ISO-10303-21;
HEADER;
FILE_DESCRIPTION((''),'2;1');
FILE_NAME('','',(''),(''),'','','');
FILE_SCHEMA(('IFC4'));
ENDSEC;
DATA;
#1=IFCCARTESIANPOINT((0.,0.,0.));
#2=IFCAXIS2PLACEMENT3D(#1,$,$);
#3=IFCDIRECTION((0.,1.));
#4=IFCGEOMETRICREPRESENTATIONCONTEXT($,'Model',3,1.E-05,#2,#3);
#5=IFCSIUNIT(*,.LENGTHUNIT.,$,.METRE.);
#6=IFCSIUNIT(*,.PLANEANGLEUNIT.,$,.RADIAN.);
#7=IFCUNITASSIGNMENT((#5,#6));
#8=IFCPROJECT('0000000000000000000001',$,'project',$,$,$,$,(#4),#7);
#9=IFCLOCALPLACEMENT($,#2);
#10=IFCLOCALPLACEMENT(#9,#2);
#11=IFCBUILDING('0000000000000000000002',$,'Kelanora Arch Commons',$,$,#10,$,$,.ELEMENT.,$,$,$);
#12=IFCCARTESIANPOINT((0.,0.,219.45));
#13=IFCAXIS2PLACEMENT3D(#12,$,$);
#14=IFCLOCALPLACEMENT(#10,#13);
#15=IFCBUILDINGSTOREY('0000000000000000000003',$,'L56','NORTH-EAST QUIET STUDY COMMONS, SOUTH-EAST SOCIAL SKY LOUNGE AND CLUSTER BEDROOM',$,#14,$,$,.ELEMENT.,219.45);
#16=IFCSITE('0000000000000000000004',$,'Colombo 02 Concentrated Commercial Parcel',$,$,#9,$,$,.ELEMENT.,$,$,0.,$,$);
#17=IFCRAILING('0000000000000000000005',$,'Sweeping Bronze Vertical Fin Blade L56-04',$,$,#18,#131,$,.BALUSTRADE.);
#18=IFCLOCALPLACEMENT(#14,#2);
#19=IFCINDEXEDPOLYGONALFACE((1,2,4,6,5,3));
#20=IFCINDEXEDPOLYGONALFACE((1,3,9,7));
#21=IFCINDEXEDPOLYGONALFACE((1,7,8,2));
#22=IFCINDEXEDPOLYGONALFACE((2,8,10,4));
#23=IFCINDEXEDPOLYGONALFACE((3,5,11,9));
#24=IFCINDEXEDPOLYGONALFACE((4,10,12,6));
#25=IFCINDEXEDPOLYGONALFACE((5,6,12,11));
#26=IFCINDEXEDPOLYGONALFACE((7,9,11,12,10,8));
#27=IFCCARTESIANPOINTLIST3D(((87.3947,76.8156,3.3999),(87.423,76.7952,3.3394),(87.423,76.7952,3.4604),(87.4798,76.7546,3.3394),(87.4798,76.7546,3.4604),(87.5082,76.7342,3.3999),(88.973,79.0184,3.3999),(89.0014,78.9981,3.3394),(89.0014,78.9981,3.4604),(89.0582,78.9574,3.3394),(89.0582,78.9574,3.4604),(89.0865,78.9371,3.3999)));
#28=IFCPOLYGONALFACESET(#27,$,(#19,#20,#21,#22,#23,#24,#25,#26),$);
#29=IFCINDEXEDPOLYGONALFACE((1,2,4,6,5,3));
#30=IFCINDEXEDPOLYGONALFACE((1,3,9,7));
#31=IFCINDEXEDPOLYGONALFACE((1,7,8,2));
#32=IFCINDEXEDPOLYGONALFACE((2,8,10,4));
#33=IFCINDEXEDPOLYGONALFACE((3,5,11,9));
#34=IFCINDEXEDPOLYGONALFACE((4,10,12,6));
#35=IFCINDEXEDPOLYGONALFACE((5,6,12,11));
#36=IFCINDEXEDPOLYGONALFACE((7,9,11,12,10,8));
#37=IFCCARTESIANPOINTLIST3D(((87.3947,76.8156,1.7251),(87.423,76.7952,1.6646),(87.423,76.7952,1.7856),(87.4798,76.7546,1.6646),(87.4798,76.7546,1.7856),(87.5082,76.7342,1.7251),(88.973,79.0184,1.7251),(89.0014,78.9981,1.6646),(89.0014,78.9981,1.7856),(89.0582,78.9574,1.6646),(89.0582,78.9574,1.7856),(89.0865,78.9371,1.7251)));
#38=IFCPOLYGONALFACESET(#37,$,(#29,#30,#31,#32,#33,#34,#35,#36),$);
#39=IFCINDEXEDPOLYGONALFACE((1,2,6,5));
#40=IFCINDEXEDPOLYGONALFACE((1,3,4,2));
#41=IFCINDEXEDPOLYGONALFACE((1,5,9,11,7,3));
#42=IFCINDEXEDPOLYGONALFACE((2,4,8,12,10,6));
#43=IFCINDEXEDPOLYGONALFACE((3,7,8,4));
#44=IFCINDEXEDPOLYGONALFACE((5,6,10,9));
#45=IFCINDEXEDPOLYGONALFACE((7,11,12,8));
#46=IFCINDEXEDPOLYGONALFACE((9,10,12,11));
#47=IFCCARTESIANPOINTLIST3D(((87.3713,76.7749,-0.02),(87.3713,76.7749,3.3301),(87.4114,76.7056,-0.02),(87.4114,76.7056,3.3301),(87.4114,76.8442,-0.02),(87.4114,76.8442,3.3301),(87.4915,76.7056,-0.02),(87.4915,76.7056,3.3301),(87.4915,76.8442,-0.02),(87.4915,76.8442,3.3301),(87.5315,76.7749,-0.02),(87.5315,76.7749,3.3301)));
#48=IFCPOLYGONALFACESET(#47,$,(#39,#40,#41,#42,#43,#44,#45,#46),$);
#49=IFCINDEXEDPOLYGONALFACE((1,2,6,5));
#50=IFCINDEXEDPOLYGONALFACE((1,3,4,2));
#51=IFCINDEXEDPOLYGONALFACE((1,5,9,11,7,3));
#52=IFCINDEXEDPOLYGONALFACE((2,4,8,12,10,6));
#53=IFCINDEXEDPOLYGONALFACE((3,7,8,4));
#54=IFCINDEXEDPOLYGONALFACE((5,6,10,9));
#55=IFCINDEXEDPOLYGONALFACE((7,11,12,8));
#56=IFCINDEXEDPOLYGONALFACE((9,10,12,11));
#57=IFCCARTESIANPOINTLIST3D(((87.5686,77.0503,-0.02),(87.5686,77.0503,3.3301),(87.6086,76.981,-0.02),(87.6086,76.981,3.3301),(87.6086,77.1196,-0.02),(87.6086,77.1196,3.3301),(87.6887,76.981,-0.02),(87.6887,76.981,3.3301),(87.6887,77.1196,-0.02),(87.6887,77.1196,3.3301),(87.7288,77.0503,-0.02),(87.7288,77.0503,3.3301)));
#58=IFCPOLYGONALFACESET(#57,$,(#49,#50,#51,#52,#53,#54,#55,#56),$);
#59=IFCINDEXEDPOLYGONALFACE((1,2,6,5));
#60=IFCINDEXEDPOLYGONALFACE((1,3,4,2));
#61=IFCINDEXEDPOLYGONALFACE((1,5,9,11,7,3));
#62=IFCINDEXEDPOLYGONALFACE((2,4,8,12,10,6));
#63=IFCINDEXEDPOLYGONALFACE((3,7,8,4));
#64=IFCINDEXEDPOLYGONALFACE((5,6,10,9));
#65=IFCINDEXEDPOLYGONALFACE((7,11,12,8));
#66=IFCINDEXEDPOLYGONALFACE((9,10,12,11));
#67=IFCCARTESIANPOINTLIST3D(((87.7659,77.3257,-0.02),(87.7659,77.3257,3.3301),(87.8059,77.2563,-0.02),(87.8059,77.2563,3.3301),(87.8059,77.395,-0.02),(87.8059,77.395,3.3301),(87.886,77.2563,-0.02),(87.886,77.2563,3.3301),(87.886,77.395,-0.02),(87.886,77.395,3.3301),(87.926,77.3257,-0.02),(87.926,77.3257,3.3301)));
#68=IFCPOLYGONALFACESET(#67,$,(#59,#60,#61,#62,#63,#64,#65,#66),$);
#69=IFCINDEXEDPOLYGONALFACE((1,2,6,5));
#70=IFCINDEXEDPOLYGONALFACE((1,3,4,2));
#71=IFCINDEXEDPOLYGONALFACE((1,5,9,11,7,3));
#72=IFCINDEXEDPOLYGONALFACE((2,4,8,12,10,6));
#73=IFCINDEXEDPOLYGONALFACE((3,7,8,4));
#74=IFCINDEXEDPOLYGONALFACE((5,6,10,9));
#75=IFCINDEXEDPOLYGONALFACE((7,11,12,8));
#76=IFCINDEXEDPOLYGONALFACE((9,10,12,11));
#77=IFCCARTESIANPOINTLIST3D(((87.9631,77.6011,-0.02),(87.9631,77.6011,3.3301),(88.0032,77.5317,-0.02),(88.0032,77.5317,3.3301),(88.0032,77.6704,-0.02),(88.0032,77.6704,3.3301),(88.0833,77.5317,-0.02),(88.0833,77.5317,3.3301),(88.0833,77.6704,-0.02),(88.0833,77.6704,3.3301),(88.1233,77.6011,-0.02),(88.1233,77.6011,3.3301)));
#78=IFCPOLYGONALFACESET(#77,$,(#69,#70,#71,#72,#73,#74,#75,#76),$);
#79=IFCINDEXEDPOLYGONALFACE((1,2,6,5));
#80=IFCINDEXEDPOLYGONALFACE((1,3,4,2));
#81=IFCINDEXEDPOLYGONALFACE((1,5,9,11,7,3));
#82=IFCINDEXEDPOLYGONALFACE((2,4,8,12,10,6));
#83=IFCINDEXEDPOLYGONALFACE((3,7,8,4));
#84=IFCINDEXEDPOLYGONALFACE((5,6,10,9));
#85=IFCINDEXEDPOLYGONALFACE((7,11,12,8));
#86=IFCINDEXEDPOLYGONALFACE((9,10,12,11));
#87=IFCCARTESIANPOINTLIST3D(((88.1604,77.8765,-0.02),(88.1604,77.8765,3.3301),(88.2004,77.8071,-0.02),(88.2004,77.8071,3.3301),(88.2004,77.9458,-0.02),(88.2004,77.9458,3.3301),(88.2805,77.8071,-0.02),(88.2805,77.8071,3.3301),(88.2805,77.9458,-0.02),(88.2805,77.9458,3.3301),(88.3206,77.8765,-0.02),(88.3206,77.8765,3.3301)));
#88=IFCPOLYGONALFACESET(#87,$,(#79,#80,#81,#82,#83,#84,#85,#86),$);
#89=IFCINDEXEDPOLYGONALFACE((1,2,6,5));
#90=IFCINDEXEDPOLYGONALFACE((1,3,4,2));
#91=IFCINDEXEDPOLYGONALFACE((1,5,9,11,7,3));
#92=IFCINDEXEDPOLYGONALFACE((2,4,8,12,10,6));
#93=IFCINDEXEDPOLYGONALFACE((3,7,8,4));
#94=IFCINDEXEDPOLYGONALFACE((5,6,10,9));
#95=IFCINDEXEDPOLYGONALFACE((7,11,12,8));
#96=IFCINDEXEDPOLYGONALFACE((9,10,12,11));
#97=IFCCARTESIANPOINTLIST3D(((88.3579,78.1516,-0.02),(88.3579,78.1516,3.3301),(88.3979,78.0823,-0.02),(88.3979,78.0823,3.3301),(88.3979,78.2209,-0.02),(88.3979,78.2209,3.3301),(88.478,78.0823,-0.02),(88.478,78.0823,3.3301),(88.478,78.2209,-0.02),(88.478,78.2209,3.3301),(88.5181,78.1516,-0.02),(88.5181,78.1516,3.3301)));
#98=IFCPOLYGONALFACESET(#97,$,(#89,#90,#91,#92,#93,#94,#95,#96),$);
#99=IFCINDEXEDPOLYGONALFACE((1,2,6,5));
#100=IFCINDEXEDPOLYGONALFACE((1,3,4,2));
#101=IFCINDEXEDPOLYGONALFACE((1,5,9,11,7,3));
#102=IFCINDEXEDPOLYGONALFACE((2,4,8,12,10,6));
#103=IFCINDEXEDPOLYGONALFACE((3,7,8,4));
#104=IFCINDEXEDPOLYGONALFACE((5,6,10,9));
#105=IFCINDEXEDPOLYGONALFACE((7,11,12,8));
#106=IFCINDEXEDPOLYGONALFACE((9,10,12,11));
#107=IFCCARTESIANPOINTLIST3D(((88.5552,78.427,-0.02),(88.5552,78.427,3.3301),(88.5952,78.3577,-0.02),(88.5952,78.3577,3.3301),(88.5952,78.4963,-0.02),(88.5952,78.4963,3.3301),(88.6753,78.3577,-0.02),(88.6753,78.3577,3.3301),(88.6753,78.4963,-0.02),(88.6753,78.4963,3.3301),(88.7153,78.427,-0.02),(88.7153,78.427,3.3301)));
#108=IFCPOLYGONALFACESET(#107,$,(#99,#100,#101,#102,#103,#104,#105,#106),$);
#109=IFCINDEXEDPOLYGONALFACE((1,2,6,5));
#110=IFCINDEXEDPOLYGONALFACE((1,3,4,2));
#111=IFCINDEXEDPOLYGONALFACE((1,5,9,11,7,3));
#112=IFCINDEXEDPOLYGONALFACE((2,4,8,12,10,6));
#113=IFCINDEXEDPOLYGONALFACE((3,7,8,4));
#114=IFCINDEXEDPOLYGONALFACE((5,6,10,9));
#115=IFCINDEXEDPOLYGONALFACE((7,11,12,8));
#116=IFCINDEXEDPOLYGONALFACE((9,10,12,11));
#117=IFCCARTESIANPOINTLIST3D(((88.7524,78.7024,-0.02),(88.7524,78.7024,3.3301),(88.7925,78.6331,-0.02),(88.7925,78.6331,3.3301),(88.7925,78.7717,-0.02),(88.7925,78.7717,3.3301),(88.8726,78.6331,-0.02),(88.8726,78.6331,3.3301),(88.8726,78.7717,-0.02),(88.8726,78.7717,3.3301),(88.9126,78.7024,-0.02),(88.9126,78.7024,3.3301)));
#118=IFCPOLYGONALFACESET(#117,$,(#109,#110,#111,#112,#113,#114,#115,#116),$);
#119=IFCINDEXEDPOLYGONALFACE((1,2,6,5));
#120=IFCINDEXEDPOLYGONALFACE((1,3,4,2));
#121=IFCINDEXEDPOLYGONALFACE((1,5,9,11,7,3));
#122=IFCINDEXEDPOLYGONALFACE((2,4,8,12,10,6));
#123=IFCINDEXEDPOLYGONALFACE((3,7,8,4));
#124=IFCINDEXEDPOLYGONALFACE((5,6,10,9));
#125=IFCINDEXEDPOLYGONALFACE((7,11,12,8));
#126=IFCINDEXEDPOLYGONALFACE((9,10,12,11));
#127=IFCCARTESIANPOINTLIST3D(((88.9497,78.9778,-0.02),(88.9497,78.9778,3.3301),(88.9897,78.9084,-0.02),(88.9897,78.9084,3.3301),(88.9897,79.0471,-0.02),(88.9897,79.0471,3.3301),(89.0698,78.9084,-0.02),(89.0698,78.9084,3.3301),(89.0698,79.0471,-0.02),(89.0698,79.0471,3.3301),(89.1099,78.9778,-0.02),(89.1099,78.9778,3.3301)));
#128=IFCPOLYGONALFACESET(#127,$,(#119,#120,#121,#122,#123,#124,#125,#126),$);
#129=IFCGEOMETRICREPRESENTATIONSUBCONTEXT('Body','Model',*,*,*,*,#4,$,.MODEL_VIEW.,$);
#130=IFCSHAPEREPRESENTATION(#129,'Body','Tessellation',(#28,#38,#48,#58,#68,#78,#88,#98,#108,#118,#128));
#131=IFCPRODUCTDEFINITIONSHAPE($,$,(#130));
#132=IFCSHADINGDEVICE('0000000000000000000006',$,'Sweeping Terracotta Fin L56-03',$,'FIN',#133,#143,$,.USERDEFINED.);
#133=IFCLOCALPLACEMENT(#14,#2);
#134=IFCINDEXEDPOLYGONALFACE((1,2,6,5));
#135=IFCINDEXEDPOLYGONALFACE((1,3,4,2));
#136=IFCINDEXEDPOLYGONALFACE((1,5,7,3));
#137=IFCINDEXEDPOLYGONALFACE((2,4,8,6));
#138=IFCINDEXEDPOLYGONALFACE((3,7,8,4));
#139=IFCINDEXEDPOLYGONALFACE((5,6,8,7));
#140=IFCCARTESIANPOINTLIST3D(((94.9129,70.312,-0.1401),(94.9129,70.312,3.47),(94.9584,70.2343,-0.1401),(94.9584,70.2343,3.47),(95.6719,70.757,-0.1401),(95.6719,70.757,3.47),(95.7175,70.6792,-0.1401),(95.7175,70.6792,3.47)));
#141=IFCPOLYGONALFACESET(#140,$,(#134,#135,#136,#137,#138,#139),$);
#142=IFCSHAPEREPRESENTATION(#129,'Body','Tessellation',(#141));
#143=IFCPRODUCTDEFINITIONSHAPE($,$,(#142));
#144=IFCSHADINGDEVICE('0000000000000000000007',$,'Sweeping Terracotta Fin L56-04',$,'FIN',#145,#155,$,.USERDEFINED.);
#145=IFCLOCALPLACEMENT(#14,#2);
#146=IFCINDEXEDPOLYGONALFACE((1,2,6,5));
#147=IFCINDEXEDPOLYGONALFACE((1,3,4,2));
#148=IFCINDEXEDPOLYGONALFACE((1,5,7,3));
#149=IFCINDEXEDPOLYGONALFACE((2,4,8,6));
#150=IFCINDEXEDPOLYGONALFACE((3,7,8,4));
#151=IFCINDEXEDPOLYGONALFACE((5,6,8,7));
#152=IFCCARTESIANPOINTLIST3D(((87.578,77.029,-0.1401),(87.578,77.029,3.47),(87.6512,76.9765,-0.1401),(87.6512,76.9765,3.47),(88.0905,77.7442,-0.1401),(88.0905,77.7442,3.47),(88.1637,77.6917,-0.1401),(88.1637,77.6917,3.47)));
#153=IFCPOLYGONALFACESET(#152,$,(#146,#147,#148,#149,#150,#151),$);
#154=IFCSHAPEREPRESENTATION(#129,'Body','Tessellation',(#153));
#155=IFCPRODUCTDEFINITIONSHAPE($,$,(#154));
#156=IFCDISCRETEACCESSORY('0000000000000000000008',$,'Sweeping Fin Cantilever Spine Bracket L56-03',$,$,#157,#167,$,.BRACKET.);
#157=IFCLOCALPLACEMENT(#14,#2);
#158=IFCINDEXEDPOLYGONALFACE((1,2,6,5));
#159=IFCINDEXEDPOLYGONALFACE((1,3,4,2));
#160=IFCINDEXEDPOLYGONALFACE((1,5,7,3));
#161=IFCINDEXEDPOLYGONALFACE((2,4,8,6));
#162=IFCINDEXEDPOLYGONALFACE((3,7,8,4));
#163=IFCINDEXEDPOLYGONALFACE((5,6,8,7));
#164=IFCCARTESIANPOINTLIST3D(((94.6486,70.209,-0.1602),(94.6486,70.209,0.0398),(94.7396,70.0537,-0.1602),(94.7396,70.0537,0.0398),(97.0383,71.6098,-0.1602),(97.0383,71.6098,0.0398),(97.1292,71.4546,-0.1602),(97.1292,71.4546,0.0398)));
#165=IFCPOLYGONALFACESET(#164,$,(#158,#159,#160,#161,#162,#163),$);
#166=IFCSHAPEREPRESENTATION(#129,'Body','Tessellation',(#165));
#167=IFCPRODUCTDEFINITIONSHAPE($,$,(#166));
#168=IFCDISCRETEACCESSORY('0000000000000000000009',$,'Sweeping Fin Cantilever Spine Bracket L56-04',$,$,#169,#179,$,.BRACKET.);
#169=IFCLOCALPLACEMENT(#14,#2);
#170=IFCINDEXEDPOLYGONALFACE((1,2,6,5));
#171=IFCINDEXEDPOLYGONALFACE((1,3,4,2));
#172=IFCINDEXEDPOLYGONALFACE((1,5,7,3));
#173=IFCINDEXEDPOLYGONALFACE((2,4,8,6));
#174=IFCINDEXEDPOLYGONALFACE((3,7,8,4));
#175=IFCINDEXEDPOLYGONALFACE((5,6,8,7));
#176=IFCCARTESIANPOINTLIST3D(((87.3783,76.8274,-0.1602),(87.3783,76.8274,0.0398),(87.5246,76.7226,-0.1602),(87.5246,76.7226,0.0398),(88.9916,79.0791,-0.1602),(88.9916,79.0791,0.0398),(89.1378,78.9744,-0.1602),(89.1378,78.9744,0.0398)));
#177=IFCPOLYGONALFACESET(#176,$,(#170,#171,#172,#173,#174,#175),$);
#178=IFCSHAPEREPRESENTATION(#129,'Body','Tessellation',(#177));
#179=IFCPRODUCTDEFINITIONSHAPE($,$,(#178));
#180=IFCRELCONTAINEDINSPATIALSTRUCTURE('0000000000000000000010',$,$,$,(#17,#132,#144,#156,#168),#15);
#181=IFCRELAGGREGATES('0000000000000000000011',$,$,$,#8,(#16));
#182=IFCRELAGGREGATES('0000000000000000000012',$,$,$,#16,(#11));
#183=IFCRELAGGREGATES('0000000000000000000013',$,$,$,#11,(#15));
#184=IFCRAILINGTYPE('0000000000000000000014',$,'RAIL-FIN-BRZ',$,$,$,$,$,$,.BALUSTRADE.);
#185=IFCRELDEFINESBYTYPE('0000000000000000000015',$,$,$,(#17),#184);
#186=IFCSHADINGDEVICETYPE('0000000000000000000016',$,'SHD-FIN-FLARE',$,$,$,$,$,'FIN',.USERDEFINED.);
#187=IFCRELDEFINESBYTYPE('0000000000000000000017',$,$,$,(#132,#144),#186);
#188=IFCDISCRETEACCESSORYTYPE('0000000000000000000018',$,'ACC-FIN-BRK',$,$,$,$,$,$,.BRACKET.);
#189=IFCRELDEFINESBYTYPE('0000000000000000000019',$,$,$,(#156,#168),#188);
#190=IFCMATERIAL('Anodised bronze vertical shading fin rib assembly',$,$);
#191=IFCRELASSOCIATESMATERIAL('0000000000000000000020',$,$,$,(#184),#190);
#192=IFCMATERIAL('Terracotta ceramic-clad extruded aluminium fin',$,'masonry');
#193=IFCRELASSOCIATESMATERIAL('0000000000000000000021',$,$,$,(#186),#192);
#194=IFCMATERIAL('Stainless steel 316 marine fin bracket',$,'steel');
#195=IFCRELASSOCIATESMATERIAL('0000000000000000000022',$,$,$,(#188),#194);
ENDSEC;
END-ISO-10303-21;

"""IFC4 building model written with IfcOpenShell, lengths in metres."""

from ifc_helpers import new_model, si_unit, direction, frame, origin, origin_2d, place, context, subcontext, project, spatial, polyline, rectangle, outline, extrude, source, transform, mapped, material, type_object, element, save


model = new_model("IFC4")

# Units and contexts
model_context = context("Model", 3, precision=1e-05, world=origin(), true_north=direction((0.0, 1.0)))
body_context = subcontext(model_context, "Body", "Model", "MODEL_VIEW")
ifc_project = project(units=[si_unit("LENGTHUNIT", "METRE"), si_unit("PLANEANGLEUNIT", "RADIAN")], contexts=[model_context])

# Site, building, storey
site_placement = place(None, origin())
site = spatial("IfcSite", under=ifc_project, at=site_placement, Name="Colombo 02 Concentrated Commercial Parcel", CompositionType="ELEMENT", RefElevation=0.0)
building_placement = place(site_placement, origin())
building = spatial("IfcBuilding", under=site, at=building_placement, Name="Kelanora Arch Commons", CompositionType="ELEMENT")
storey_placement = place(building_placement, frame((0.0, 0.0, 219.45)))
storey = spatial("IfcBuildingStorey", under=building, at=storey_placement, Name="L56", Description="NORTH-EAST QUIET STUDY COMMONS, SOUTH-EAST SOCIAL SKY LOUNGE AND CLUSTER BEDROOM", CompositionType="ELEMENT", Elevation=219.45)

# Railing
ifc_material_1 = material(Name="Anodised bronze vertical shading fin rib assembly")
railing_type = type_object("IfcRailingType", Name="RAIL-FIN-BRZ", PredefinedType="BALUSTRADE", material=ifc_material_1)
railing_1_placement = place(storey_placement, frame((87.4514, 76.7749, -0.02)))
element("IfcRailing", 1, at=railing_1_placement, inside=storey, type_object=railing_type, Name="Sweeping Bronze Vertical Fin Blade L56-04", PredefinedType="BALUSTRADE", context=body_context, shape_type="SweptSolid", body=[
    extrude(outline(polyline([(0.0698, 0.0), (0.0349, 0.0605), (-0.0349, 0.0605), (-0.0698, 0.0), (-0.0349, -0.0605), (0.0349, -0.0605), (0.0698, 0.0)])), frame((0.0, 0.0, 3.4199), z_axis=(0.582431, 0.81288, 0.0), x_axis=(-0.81288, 0.582431, 0.0)), (0.0, 0.0, 1.0), 2.71),
    extrude(outline(polyline([(0.0698, 0.0), (0.0349, 0.0605), (-0.0349, 0.0605), (-0.0698, 0.0), (-0.0349, -0.0605), (0.0349, -0.0605), (0.0698, 0.0)])), frame((0.0, 0.0, 1.7451), z_axis=(0.582431, 0.81288, 0.0), x_axis=(-0.81288, 0.582431, 0.0)), (0.0, 0.0, 1.0), 2.71),
    extrude(outline(polyline([(0.0801, 0.0), (0.04, 0.0693), (-0.04, 0.0693), (-0.0801, 0.0), (-0.04, -0.0693), (0.04, -0.0693), (0.0801, 0.0)])), origin(), (0.0, 0.0, 1.0), 3.3501),
    extrude(outline(polyline([(0.0801, 0.0), (0.04, 0.0693), (-0.04, 0.0693), (-0.0801, 0.0), (-0.04, -0.0693), (0.04, -0.0693), (0.0801, 0.0)])), frame((0.1973, 0.2754, 0.0)), (0.0, 0.0, 1.0), 3.3501),
    extrude(outline(polyline([(0.0801, 0.0), (0.04, 0.0693), (-0.04, 0.0693), (-0.0801, 0.0), (-0.04, -0.0693), (0.04, -0.0693), (0.0801, 0.0)])), frame((0.3945, 0.5508, 0.0)), (0.0, 0.0, 1.0), 3.3501),
    extrude(outline(polyline([(0.0801, 0.0), (0.04, 0.0693), (-0.04, 0.0693), (-0.0801, 0.0), (-0.04, -0.0693), (0.04, -0.0693), (0.0801, 0.0)])), frame((0.5918, 0.8262, 0.0)), (0.0, 0.0, 1.0), 3.3501),
    extrude(outline(polyline([(0.0801, 0.0), (0.04, 0.0693), (-0.04, 0.0693), (-0.0801, 0.0), (-0.04, -0.0693), (0.04, -0.0693), (0.0801, 0.0)])), frame((0.7891, 1.1016, 0.0)), (0.0, 0.0, 1.0), 3.3501),
    extrude(outline(polyline([(0.0801, 0.0), (0.04, 0.0693), (-0.04, 0.0693), (-0.0801, 0.0), (-0.04, -0.0693), (0.04, -0.0693), (0.0801, 0.0)])), frame((0.9866, 1.3767, 0.0)), (0.0, 0.0, 1.0), 3.3501),
    extrude(outline(polyline([(0.0801, 0.0), (0.04, 0.0693), (-0.04, 0.0693), (-0.0801, 0.0), (-0.04, -0.0693), (0.04, -0.0693), (0.0801, 0.0)])), frame((1.1838, 1.6521, 0.0)), (0.0, 0.0, 1.0), 3.3501),
    extrude(outline(polyline([(0.0801, 0.0), (0.04, 0.0693), (-0.04, 0.0693), (-0.0801, 0.0), (-0.04, -0.0693), (0.04, -0.0693), (0.0801, 0.0)])), frame((1.3811, 1.9275, 0.0)), (0.0, 0.0, 1.0), 3.3501),
    extrude(outline(polyline([(0.0801, 0.0), (0.04, 0.0693), (-0.04, 0.0693), (-0.0801, 0.0), (-0.04, -0.0693), (0.04, -0.0693), (0.0801, 0.0)])), frame((1.5784, 2.2029, 0.0)), (0.0, 0.0, 1.0), 3.3501),
])

# Shading devices
ifc_material_2 = material(Name="Terracotta ceramic-clad extruded aluminium fin", Category="masonry")
shading_device_type = type_object("IfcShadingDeviceType", Name="SHD-FIN-FLARE", ElementType="FIN", PredefinedType="USERDEFINED", material=ifc_material_2)
shared_shape_1 = source(origin(), body_context, "Body", "SweptSolid", [
    extrude(rectangle(XDim=0.8799, YDim=0.0901, at=origin_2d()), origin(), (0.0, 0.0, 1.0), 3.6101),
])
for number, where, z_axis, x_axis, name in (
    (2, (95.3152, 70.4956, -0.1401), (0.0, 0.0, 1.0), (0.86269, 0.505733, 0.0), "Sweeping Terracotta Fin L56-03"),
    (3, (87.8708, 77.3604, -0.1401), (0.0, 0.0, 1.0), (0.582407, 0.812898, 0.0), "Sweeping Terracotta Fin L56-04"),
):
    element("IfcShadingDevice", number, at=place(storey_placement, frame(where, z_axis=z_axis, x_axis=x_axis)), inside=storey, type_object=shading_device_type, Name=name, ObjectType="FIN", PredefinedType="USERDEFINED", context=body_context, shape_type="MappedRepresentation", body=[
        mapped(shared_shape_1, transform((0.0, 0.0, 0.0), scale=1.0)),
    ])

# Discrete accessories
ifc_material_3 = material(Name="Stainless steel 316 marine fin bracket", Category="steel")
discrete_accessory_type = type_object("IfcDiscreteAccessoryType", Name="ACC-FIN-BRK", PredefinedType="BRACKET", material=ifc_material_3)
shared_shape_2 = source(origin(), body_context, "Body", "SweptSolid", [
    extrude(rectangle(XDim=2.77, YDim=0.1799, at=origin_2d()), origin(), (0.0, 0.0, 1.0), 0.2),
])
for number, where, z_axis, x_axis, name in (
    (4, (95.8889, 70.8318, -0.1602), (0.0, 0.0, 1.0), (0.86269, 0.505733, 0.0), "Sweeping Fin Cantilever Spine Bracket L56-03"),
    (5, (88.2581, 77.9009, -0.1602), (0.0, 0.0, 1.0), (0.582407, 0.812898, 0.0), "Sweeping Fin Cantilever Spine Bracket L56-04"),
):
    element("IfcDiscreteAccessory", number, at=place(storey_placement, frame(where, z_axis=z_axis, x_axis=x_axis)), inside=storey, type_object=discrete_accessory_type, Name=name, PredefinedType="BRACKET", context=body_context, shape_type="MappedRepresentation", body=[
        mapped(shared_shape_2, transform((0.0, 0.0, 0.0), scale=1.0)),
    ])

save(model, "model.ifc")
